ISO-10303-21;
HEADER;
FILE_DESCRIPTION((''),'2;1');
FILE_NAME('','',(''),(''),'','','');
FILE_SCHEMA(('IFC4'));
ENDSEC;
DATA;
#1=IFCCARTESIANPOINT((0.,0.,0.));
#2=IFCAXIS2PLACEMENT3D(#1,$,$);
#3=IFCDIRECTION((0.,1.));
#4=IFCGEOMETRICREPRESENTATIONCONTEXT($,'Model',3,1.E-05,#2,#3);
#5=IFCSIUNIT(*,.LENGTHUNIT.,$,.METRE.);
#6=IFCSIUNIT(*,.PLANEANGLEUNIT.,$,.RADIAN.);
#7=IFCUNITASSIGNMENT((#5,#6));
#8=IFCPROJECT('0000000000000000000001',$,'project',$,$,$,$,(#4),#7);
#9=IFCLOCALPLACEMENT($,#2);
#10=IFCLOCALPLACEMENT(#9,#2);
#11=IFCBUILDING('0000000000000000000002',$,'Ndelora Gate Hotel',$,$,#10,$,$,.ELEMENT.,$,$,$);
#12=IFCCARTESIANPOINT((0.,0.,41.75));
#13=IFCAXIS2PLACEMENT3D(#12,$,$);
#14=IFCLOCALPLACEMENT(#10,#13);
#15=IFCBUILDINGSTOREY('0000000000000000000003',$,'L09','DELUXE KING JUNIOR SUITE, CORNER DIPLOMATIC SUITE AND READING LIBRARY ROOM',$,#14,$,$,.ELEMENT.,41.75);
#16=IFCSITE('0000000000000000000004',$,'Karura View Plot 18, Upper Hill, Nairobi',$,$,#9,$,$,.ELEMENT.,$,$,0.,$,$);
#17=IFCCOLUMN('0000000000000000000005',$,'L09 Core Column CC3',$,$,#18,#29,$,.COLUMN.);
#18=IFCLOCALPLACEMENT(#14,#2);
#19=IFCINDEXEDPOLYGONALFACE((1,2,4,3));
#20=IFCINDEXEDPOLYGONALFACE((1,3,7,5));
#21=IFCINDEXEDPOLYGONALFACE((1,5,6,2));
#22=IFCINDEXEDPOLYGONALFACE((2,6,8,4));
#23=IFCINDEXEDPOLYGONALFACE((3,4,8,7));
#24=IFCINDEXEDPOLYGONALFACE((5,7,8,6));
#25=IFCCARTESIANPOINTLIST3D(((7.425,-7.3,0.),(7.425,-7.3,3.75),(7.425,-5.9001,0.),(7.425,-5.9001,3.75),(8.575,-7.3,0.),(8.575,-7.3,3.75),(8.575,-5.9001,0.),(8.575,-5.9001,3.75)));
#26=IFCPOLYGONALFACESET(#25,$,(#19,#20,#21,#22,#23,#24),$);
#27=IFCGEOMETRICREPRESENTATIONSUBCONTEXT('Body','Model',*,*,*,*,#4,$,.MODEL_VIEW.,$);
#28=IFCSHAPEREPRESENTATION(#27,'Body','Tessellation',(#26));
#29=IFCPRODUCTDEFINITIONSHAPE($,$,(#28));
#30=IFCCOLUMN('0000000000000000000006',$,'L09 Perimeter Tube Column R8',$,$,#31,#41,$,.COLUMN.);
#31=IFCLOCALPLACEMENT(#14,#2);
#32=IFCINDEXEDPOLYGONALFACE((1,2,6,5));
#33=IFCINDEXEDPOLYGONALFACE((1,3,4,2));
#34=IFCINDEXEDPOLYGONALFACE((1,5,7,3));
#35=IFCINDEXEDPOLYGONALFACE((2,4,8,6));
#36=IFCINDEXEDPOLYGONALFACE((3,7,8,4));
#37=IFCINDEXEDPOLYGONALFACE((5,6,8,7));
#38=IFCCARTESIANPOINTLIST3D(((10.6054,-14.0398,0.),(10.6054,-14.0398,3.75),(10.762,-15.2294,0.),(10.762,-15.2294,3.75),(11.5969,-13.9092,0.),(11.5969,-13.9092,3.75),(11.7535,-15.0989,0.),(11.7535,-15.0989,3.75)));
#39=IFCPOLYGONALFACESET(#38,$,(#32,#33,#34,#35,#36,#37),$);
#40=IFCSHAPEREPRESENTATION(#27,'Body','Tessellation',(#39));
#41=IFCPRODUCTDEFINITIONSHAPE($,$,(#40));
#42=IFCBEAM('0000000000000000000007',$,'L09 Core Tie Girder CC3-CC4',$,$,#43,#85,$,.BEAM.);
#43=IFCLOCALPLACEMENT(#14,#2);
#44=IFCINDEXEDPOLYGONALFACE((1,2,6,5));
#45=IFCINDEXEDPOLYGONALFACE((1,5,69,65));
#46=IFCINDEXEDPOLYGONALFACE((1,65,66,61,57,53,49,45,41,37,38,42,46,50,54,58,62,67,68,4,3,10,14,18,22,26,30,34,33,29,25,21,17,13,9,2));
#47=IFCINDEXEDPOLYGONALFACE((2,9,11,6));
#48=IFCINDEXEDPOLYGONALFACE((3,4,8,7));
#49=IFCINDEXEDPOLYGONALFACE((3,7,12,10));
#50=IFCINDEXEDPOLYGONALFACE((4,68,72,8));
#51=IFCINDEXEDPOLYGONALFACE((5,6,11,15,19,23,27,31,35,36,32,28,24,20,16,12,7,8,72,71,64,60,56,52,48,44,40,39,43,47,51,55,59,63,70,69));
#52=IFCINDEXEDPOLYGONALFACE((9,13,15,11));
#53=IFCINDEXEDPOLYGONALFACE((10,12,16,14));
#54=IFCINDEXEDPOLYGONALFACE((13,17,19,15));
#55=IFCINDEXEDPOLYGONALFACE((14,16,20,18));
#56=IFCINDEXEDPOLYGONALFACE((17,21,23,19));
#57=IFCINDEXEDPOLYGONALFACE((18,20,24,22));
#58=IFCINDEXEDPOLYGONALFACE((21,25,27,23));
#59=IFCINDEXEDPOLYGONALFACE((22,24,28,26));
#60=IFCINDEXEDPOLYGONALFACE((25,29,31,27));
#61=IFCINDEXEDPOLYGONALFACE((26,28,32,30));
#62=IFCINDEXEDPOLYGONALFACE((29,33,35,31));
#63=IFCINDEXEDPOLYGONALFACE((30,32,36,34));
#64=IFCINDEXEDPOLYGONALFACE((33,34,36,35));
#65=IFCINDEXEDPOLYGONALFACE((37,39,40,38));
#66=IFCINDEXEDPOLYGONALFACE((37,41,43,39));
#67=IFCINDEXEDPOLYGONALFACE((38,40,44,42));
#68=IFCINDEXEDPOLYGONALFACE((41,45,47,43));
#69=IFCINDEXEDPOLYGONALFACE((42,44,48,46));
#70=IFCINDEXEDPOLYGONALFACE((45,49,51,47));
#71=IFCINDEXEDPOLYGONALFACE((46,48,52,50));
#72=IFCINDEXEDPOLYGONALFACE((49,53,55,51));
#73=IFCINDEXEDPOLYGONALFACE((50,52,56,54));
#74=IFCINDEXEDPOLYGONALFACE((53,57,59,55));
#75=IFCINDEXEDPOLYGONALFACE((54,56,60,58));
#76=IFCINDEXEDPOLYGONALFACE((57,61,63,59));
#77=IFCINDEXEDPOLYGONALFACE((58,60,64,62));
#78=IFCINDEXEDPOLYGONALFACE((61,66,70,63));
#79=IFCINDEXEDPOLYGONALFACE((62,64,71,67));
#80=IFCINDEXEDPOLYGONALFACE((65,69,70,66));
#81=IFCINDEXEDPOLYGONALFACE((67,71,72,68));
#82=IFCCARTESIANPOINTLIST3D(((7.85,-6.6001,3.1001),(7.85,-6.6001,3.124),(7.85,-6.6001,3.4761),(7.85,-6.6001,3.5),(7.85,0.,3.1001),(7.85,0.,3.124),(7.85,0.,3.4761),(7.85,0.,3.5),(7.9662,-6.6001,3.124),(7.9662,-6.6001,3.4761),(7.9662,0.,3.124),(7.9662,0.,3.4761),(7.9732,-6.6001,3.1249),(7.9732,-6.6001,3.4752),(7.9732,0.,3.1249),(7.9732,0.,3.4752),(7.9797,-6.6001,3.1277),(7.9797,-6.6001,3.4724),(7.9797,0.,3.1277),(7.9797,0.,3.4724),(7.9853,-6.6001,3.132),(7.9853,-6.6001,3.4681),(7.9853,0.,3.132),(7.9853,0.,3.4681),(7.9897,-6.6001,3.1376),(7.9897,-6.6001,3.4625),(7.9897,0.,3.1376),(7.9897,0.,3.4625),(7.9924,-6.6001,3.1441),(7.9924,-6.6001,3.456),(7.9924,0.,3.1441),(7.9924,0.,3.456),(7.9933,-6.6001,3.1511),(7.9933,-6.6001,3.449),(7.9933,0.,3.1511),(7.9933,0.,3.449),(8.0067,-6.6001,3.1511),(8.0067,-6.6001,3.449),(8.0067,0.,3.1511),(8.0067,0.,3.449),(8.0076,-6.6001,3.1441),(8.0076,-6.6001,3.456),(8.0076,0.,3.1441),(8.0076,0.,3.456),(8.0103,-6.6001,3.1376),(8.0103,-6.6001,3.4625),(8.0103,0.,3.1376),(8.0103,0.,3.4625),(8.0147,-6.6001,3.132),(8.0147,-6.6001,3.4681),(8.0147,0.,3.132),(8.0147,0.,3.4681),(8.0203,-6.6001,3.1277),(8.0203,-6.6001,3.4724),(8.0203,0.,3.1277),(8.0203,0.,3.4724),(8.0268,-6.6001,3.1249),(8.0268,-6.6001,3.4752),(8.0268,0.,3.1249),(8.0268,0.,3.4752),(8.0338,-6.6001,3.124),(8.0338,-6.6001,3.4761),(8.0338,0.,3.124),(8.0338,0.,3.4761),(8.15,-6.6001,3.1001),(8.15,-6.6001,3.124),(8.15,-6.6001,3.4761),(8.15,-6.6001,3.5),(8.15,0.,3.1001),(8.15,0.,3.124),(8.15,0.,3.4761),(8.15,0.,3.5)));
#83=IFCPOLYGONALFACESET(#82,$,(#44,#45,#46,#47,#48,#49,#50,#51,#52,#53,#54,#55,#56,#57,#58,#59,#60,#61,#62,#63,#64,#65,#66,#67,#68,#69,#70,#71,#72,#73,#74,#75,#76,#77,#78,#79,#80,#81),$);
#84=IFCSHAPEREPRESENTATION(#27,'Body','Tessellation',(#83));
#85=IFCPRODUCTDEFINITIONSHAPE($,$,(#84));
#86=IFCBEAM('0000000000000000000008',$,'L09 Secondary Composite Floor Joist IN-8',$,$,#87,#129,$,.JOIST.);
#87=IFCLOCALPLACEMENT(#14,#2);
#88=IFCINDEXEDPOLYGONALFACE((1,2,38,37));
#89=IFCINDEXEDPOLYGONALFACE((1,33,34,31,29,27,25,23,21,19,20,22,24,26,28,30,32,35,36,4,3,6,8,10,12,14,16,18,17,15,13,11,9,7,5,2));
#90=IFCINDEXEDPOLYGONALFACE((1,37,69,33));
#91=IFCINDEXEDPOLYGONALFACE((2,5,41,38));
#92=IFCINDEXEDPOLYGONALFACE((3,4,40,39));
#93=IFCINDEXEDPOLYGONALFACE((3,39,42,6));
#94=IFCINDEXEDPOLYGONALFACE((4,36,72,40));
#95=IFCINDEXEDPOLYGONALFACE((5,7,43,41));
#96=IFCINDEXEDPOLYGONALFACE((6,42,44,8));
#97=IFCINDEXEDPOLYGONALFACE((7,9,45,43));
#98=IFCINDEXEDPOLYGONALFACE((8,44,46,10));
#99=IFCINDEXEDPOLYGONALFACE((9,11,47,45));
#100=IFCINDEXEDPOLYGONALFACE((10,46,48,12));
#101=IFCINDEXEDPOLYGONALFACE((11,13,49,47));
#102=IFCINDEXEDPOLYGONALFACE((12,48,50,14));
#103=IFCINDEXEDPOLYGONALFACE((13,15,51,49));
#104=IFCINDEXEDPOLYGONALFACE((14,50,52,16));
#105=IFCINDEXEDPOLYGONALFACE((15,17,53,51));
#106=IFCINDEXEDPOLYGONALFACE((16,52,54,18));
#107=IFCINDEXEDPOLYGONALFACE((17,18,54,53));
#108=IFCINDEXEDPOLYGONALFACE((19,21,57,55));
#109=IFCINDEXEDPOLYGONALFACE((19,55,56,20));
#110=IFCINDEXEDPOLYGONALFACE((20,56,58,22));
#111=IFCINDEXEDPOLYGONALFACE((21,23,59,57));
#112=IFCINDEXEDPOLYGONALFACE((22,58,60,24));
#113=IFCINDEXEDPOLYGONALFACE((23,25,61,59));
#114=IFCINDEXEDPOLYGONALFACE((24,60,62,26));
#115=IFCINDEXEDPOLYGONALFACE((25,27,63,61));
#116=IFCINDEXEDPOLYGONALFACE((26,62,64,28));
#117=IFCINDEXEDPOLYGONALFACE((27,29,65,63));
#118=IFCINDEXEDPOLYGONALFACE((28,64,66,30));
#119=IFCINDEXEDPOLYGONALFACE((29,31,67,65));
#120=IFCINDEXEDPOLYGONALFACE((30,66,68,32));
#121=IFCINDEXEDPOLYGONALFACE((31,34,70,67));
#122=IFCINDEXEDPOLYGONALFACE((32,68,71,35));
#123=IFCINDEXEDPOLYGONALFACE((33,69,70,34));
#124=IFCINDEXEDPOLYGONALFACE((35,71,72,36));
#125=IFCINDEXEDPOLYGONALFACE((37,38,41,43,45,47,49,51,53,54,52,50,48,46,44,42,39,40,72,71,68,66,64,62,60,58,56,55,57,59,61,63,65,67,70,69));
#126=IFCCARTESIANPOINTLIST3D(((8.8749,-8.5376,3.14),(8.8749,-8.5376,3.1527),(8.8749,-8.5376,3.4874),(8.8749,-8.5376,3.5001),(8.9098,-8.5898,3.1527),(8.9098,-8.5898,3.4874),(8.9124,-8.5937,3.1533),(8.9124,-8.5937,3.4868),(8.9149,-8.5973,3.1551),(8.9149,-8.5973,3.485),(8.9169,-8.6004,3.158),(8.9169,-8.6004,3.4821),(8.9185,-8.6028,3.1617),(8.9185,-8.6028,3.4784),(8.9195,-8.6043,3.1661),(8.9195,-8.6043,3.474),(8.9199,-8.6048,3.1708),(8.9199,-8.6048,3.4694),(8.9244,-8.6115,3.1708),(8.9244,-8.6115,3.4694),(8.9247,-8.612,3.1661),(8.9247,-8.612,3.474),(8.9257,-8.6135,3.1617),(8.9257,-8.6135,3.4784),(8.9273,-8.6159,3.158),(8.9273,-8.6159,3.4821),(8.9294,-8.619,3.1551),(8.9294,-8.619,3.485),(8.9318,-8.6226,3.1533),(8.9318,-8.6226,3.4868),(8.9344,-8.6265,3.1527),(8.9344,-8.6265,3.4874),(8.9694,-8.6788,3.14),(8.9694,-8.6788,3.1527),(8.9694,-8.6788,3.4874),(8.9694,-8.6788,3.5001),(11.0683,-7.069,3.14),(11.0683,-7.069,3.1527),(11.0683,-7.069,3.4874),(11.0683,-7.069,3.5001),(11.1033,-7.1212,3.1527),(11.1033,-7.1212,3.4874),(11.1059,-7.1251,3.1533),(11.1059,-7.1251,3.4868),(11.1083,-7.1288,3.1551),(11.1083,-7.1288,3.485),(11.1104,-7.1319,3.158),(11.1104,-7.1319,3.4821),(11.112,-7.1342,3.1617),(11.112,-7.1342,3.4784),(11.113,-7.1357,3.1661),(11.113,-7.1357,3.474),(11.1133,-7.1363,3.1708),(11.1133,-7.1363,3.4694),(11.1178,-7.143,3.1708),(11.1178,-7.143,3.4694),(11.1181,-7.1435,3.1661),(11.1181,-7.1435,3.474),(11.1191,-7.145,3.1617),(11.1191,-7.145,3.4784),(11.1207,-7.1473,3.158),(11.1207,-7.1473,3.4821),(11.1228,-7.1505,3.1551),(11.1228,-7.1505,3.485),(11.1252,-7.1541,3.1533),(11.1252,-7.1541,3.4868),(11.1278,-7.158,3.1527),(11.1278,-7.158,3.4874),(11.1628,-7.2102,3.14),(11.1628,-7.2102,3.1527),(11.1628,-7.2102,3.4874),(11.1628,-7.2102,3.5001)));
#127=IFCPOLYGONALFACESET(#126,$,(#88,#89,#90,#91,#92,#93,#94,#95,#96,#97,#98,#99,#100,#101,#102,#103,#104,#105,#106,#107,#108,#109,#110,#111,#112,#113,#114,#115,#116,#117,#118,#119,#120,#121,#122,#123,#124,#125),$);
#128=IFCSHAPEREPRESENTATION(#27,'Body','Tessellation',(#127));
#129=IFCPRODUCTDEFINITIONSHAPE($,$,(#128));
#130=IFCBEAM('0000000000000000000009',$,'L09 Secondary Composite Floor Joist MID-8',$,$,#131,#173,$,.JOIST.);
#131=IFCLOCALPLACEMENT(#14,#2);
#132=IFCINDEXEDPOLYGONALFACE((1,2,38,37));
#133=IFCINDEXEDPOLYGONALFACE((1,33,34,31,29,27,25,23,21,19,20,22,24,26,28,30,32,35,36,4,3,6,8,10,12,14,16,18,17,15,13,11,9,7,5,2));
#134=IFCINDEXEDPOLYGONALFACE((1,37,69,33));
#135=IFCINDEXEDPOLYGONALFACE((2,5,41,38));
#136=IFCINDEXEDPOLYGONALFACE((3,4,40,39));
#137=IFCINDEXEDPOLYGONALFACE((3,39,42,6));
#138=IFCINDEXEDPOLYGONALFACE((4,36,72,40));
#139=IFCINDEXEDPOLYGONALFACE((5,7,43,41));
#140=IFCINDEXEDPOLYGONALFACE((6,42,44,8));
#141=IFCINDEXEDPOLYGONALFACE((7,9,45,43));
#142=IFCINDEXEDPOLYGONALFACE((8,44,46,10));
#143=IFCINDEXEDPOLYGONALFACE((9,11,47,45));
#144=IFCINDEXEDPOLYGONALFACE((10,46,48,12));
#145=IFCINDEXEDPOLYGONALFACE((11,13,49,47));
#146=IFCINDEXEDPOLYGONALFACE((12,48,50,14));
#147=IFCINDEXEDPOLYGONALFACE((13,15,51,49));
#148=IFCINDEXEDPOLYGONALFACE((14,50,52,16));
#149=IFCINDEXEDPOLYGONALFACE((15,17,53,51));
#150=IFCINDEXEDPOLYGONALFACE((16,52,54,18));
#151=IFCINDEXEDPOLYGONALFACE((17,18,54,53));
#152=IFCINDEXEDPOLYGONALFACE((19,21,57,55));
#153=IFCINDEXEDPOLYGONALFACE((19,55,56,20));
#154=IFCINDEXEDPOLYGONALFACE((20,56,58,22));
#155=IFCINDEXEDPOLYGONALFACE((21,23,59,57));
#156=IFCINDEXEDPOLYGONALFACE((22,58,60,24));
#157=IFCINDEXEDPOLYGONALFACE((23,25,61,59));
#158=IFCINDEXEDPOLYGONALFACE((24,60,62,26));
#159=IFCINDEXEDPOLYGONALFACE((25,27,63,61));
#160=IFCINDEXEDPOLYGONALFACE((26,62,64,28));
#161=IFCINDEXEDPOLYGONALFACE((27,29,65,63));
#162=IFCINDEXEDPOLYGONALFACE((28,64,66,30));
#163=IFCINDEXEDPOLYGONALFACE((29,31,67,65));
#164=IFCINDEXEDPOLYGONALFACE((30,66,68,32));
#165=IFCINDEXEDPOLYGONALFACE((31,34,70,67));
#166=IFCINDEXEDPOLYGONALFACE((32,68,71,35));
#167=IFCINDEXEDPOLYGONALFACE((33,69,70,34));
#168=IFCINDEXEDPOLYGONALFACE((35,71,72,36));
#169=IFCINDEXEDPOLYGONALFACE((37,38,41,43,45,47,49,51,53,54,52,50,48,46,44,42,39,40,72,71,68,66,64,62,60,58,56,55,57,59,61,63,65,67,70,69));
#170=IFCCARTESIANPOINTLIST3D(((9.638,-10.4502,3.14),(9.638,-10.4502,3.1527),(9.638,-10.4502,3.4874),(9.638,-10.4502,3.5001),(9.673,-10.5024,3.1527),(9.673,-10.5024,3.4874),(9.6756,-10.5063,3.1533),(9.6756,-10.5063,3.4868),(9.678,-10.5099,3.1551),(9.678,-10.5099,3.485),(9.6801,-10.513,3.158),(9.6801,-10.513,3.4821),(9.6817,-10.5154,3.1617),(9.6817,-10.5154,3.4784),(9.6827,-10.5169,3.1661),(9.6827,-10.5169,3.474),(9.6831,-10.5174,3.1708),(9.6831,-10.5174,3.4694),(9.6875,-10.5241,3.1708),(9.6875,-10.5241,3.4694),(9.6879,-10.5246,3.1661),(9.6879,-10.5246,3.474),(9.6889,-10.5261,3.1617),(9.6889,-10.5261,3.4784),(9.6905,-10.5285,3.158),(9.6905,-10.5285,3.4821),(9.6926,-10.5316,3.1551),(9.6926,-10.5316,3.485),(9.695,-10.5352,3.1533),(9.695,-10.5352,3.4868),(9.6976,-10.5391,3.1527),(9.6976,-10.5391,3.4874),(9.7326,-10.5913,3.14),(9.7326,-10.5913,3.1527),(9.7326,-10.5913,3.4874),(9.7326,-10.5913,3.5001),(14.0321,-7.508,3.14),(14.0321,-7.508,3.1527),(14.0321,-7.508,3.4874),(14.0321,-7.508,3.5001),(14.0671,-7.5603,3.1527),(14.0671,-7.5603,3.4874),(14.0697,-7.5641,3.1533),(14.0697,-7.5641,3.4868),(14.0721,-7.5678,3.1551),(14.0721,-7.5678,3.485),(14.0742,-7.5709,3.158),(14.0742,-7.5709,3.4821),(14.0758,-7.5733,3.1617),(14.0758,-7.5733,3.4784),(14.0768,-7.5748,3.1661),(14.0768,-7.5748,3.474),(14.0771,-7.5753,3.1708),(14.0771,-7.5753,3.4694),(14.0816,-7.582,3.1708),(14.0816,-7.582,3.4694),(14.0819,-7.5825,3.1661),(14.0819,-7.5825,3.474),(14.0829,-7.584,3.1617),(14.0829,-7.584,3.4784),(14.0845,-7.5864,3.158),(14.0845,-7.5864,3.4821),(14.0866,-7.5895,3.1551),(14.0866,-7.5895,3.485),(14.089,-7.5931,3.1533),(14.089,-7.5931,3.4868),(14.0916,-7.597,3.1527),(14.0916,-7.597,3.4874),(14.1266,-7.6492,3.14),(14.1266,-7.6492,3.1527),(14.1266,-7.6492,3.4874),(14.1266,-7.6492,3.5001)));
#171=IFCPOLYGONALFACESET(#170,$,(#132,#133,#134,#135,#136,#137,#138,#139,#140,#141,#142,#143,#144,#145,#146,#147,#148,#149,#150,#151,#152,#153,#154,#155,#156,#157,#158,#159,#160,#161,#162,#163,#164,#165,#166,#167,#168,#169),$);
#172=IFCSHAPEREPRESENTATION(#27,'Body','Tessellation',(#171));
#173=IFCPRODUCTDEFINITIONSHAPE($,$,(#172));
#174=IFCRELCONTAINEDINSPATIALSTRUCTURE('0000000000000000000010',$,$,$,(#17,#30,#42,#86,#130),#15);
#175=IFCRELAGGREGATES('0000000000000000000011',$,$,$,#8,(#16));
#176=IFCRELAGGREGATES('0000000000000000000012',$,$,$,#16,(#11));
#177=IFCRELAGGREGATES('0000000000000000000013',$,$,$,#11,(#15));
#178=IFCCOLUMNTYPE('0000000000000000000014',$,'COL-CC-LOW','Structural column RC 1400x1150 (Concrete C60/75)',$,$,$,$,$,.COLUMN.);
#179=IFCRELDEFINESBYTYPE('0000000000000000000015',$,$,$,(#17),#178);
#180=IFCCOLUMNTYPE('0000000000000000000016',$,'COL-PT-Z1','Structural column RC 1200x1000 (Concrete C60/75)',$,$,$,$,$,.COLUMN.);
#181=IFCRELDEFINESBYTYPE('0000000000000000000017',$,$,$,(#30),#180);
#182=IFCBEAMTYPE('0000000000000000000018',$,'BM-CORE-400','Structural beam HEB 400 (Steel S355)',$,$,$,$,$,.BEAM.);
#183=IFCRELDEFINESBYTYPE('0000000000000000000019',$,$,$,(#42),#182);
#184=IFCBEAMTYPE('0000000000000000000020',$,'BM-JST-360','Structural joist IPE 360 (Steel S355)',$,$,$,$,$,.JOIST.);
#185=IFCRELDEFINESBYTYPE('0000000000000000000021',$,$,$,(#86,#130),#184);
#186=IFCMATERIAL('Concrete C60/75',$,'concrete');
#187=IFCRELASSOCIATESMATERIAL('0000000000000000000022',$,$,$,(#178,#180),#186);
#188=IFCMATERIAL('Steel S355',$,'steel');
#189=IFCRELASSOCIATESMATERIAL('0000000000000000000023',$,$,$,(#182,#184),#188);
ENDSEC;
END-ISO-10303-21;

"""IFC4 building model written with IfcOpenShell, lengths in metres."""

from ifc_helpers import new_model, si_unit, direction, frame, origin, origin_2d, place, context, subcontext, project, spatial, rectangle, i_section, extrude, material, material_profile, profile_set, type_object, element, save


model = new_model("IFC4")

# Units and contexts
model_context = context("Model", 3, precision=1e-05, world=origin(), true_north=direction((0.0, 1.0)))
body_context = subcontext(model_context, "Body", "Model", "MODEL_VIEW")
ifc_project = project(units=[si_unit("LENGTHUNIT", "METRE"), si_unit("PLANEANGLEUNIT", "RADIAN")], contexts=[model_context])

# Site, building, storey
site_placement = place(None, origin())
site = spatial("IfcSite", under=ifc_project, at=site_placement, Name="Karura View Plot 18, Upper Hill, Nairobi", CompositionType="ELEMENT", RefElevation=0.0)
building_placement = place(site_placement, origin())
building = spatial("IfcBuilding", under=site, at=building_placement, Name="Ndelora Gate Hotel", CompositionType="ELEMENT")
storey_placement = place(building_placement, frame((0.0, 0.0, 41.75)))
storey = spatial("IfcBuildingStorey", under=building, at=storey_placement, Name="L09", Description="DELUXE KING JUNIOR SUITE, CORNER DIPLOMATIC SUITE AND READING LIBRARY ROOM", CompositionType="ELEMENT", Elevation=41.75)

# Columns
ifc_material_1 = material(Name="Concrete C60/75", Category="concrete")
ifc_material_profile_1 = material_profile(ifc_material_1, rectangle(XDim=1.1499, YDim=1.3999, at=origin_2d()), Name="RC 1400x1150")
ifc_profile_set_1 = profile_set([ifc_material_profile_1], Name="Concrete C60/75")
column_type_1 = type_object("IfcColumnType", Name="COL-CC-LOW", Description="Structural column RC 1400x1150 (Concrete C60/75)", PredefinedType="COLUMN", material=ifc_profile_set_1)
column_1_placement = place(storey_placement, frame((8.0, -6.6001, 0.0), z_axis=(0.0, 0.0, 1.0), x_axis=(1.0, 0.0, 0.0)))
element("IfcColumn", 1, at=column_1_placement, inside=storey, type_object=column_type_1, Name="L09 Core Column CC3", PredefinedType="COLUMN", context=body_context, shape_type="SweptSolid", body=[
    extrude(rectangle(XDim=1.1499, YDim=1.3999, at=origin_2d()), origin(), (0.0, 0.0, 1.0), 3.75),
])
ifc_material_profile_2 = material_profile(ifc_material_1, rectangle(XDim=1.0, YDim=1.2, at=origin_2d()), Name="RC 1200x1000")
ifc_profile_set_2 = profile_set([ifc_material_profile_2], Name="Concrete C60/75")
column_type_2 = type_object("IfcColumnType", Name="COL-PT-Z1", Description="Structural column RC 1200x1000 (Concrete C60/75)", PredefinedType="COLUMN", material=ifc_profile_set_2)
column_2_placement = place(storey_placement, frame((11.1794, -14.5693, 0.0), z_axis=(0.0, 0.0, 1.0), x_axis=(0.991445, 0.130526, 0.0)))
element("IfcColumn", 2, at=column_2_placement, inside=storey, type_object=column_type_2, Name="L09 Perimeter Tube Column R8", PredefinedType="COLUMN", context=body_context, shape_type="SweptSolid", body=[
    extrude(rectangle(XDim=1.0, YDim=1.2, at=origin_2d()), origin(), (0.0, 0.0, 1.0), 3.75),
])

# Beams
ifc_material_2 = material(Name="Steel S355", Category="steel")
ifc_material_profile_3 = material_profile(ifc_material_2, i_section(OverallWidth=0.3, OverallDepth=0.3999, WebThickness=0.0134, FlangeThickness=0.0239, FilletRadius=0.0271, at=origin_2d()), Name="HEB 400")
ifc_profile_set_3 = profile_set([ifc_material_profile_3], Name="Steel S355")
beam_type_1 = type_object("IfcBeamType", Name="BM-CORE-400", Description="Structural beam HEB 400 (Steel S355)", PredefinedType="BEAM", material=ifc_profile_set_3)
beam_1_placement = place(storey_placement, frame((8.0, -6.6001, 3.3), z_axis=(0.0, 1.0, 0.0), x_axis=(-1.0, 0.0, 0.0)))
element("IfcBeam", 3, at=beam_1_placement, inside=storey, type_object=beam_type_1, Name="L09 Core Tie Girder CC3-CC4", PredefinedType="BEAM", context=body_context, shape_type="SweptSolid", body=[
    extrude(i_section(OverallWidth=0.3, OverallDepth=0.3999, WebThickness=0.0134, FlangeThickness=0.0239, FilletRadius=0.0271, at=origin_2d()), origin(), (0.0, 0.0, 1.0), 6.6001),
])
ifc_material_profile_4 = material_profile(ifc_material_2, i_section(OverallWidth=0.1699, OverallDepth=0.3601, WebThickness=0.0081, FlangeThickness=0.0127, FilletRadius=0.0181, at=origin_2d()), Name="IPE 360")
ifc_profile_set_4 = profile_set([ifc_material_profile_4], Name="Steel S355")
beam_type_2 = type_object("IfcBeamType", Name="BM-JST-360", Description="Structural joist IPE 360 (Steel S355)", PredefinedType="JOIST", material=ifc_profile_set_4)
beam_2_placement = place(storey_placement, frame((8.9221, -8.6082, 3.3201), z_axis=(0.830953, 0.556343, 0.0), x_axis=(-0.556343, 0.830953, 0.0)))
element("IfcBeam", 4, at=beam_2_placement, inside=storey, type_object=beam_type_2, Name="L09 Secondary Composite Floor Joist IN-8", PredefinedType="JOIST", context=body_context, shape_type="SweptSolid", body=[
    extrude(i_section(OverallWidth=0.1699, OverallDepth=0.3601, WebThickness=0.0081, FlangeThickness=0.0127, FilletRadius=0.0181, at=origin_2d()), origin(), (0.0, 0.0, 1.0), 2.6396),
])
beam_3_placement = place(storey_placement, frame((9.6853, -10.5208, 3.3201), z_axis=(0.830933, 0.556372, 0.0), x_axis=(-0.556372, 0.830933, 0.0)))
element("IfcBeam", 5, at=beam_3_placement, inside=storey, type_object=beam_type_2, Name="L09 Secondary Composite Floor Joist MID-8", PredefinedType="JOIST", context=body_context, shape_type="SweptSolid", body=[
    extrude(i_section(OverallWidth=0.1699, OverallDepth=0.3601, WebThickness=0.0081, FlangeThickness=0.0127, FilletRadius=0.0181, at=origin_2d()), origin(), (0.0, 0.0, 1.0), 5.2881),
])

save(model, "model.ifc")
